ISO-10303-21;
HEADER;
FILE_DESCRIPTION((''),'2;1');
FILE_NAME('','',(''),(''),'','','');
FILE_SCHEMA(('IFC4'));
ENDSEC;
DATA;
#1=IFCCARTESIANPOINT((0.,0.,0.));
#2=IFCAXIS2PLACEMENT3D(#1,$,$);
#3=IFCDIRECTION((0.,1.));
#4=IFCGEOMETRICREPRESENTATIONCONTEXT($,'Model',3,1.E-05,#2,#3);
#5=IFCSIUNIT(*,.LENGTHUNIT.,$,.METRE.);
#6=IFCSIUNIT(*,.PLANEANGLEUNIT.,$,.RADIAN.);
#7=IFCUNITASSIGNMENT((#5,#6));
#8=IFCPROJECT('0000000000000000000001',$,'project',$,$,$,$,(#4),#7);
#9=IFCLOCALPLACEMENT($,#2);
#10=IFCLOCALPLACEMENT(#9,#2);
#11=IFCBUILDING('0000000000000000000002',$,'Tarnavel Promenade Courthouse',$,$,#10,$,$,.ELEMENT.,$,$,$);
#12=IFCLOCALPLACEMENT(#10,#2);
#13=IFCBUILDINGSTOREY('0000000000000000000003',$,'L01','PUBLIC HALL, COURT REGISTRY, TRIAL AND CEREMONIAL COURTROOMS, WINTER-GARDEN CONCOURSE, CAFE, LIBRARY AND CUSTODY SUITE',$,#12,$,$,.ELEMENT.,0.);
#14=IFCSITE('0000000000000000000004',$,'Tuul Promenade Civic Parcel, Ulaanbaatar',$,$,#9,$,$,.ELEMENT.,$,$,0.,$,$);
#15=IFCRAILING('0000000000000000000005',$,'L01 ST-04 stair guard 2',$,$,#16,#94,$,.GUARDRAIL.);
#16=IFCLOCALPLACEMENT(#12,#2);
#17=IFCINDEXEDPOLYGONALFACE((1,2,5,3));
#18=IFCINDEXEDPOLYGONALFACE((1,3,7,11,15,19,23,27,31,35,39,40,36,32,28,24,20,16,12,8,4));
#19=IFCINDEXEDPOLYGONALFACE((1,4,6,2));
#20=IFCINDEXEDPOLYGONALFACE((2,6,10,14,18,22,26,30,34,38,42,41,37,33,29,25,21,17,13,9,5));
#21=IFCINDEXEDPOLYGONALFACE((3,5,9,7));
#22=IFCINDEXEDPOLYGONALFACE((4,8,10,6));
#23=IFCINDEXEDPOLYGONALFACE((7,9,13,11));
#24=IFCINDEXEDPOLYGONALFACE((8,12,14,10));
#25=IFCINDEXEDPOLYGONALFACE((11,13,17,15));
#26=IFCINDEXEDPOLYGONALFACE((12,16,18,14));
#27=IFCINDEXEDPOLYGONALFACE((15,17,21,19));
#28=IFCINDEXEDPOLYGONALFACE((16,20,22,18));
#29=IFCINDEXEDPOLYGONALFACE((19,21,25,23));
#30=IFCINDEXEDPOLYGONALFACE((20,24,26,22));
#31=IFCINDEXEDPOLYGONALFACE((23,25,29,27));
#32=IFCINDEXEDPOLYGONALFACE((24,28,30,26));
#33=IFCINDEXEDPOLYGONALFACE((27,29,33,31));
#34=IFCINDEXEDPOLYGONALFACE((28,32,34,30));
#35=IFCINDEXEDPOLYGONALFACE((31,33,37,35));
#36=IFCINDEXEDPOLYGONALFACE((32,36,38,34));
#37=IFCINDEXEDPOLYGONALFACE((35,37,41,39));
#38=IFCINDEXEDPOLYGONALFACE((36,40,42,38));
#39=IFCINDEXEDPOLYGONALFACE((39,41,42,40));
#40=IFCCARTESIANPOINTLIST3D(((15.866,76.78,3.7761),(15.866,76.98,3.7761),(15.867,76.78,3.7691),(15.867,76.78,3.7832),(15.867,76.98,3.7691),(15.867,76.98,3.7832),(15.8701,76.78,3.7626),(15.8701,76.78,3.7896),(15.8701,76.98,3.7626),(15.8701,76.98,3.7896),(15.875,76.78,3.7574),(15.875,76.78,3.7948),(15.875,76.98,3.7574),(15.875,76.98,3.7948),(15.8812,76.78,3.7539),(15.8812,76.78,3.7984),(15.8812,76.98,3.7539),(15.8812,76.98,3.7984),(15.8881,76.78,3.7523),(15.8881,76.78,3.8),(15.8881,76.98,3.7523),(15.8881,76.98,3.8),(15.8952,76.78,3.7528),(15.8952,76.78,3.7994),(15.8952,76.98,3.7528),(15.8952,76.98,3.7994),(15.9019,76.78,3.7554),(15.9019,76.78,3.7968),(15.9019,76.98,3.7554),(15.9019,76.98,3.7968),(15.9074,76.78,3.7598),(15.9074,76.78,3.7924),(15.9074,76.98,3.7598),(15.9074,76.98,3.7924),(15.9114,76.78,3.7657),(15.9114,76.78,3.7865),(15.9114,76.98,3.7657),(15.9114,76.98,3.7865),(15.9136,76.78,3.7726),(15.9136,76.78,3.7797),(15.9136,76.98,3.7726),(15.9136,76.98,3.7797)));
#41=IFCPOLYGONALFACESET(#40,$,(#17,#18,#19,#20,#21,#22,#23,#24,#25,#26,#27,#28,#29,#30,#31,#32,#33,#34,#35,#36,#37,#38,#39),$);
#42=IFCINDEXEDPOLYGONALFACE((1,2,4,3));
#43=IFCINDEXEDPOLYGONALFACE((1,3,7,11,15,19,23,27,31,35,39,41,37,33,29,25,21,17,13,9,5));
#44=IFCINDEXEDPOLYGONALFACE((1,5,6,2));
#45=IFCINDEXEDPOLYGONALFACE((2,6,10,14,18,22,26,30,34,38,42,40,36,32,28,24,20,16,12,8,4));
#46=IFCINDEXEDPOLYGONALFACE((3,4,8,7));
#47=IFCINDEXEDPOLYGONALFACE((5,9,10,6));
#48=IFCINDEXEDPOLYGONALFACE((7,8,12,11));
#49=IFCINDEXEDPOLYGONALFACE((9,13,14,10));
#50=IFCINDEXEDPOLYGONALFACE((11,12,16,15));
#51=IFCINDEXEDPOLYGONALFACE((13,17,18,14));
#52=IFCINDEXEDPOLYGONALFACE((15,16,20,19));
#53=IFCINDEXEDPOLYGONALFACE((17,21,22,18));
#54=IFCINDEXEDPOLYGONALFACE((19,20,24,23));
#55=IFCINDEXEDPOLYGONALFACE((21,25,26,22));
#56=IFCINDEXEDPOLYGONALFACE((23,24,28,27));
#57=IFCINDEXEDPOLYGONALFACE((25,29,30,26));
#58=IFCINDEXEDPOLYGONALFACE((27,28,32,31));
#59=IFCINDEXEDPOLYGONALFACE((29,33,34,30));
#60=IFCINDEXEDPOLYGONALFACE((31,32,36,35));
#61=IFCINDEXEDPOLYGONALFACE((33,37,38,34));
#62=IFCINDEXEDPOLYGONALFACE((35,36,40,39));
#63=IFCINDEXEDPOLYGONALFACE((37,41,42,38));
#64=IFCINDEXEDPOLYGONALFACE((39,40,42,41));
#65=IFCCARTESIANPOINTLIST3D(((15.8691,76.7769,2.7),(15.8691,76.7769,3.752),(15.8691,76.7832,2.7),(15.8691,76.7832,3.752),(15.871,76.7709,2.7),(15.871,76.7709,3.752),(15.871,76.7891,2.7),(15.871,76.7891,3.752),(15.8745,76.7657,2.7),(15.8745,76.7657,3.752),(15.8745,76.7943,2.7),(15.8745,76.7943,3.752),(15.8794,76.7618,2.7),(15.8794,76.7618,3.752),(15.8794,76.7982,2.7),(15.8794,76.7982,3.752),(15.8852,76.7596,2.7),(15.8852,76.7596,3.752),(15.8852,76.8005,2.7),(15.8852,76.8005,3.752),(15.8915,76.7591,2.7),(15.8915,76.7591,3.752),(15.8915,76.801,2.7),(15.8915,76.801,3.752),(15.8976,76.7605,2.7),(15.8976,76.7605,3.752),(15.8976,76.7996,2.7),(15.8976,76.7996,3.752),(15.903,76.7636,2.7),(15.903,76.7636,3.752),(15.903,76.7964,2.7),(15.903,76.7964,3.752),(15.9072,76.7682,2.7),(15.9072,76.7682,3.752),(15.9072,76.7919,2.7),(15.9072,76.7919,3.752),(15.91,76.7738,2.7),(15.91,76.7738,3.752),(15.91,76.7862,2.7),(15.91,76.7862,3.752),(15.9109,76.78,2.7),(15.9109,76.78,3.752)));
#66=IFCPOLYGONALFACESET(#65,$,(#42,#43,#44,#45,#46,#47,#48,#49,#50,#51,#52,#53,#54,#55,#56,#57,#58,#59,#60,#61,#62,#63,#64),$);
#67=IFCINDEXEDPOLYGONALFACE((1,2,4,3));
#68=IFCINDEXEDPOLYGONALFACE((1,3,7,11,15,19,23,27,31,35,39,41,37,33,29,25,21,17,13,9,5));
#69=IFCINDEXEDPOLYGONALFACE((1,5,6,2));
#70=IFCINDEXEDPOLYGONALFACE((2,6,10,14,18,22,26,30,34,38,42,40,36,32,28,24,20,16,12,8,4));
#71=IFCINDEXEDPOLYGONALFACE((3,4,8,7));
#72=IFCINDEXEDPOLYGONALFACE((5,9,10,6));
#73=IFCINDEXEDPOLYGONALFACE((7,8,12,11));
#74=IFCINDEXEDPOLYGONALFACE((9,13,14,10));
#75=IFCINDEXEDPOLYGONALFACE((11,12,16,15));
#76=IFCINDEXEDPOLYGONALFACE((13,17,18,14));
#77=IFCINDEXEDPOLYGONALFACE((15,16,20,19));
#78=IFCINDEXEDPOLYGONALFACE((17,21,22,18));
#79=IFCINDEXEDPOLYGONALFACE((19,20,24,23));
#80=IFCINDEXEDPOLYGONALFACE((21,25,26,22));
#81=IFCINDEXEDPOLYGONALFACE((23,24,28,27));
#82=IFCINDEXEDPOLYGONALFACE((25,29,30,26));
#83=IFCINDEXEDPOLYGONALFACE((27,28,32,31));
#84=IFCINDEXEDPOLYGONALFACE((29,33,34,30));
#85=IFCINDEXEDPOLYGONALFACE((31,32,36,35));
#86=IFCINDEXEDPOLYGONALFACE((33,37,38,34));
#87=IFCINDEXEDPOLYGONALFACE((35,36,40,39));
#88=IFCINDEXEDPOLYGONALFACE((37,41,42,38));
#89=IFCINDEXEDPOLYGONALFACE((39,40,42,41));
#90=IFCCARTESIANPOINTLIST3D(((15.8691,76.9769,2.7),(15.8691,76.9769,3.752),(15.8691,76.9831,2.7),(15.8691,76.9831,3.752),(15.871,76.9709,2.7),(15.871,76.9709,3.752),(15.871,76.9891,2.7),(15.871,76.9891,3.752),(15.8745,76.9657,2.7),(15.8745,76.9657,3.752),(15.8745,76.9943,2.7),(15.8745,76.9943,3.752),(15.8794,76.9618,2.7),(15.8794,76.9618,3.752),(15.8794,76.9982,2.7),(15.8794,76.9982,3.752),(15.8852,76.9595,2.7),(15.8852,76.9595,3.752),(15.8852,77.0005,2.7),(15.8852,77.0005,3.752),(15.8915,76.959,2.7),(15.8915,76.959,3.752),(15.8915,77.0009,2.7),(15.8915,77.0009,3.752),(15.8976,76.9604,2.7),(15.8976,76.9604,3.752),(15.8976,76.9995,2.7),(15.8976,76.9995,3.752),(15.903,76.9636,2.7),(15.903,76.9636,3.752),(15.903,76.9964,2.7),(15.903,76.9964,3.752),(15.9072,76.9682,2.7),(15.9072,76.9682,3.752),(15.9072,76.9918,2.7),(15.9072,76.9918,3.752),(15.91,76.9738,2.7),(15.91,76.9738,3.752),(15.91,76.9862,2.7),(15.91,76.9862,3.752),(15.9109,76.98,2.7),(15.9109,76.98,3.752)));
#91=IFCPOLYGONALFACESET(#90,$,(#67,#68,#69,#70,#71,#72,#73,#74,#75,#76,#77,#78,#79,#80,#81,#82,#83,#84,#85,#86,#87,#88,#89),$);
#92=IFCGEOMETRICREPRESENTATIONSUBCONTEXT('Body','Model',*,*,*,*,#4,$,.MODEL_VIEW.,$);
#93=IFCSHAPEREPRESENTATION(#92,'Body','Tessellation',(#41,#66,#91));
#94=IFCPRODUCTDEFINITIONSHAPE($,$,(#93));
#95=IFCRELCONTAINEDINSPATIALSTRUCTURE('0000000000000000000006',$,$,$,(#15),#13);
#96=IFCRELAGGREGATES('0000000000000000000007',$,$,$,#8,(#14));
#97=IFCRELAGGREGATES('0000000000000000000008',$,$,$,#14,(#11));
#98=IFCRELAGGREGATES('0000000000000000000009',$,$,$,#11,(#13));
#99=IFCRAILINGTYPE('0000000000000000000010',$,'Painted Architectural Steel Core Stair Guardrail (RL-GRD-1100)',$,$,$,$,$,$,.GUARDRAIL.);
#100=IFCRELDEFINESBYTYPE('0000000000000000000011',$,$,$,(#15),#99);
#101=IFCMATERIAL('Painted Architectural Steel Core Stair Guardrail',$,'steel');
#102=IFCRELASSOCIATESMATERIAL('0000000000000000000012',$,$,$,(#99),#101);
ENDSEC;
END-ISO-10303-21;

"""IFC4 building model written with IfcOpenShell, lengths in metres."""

from ifc_helpers import new_model, si_unit, direction, frame, origin, origin_2d, place, context, subcontext, project, spatial, circle, extrude, material, type_object, element, save


model = new_model("IFC4")

# Units and contexts
model_context = context("Model", 3, precision=1e-05, world=origin(), true_north=direction((0.0, 1.0)))
body_context = subcontext(model_context, "Body", "Model", "MODEL_VIEW")
ifc_project = project(units=[si_unit("LENGTHUNIT", "METRE"), si_unit("PLANEANGLEUNIT", "RADIAN")], contexts=[model_context])

# Site, building, storey
site_placement = place(None, origin())
site = spatial("IfcSite", under=ifc_project, at=site_placement, Name="Tuul Promenade Civic Parcel, Ulaanbaatar", CompositionType="ELEMENT", RefElevation=0.0)
building_placement = place(site_placement, origin())
building = spatial("IfcBuilding", under=site, at=building_placement, Name="Tarnavel Promenade Courthouse", CompositionType="ELEMENT")
storey_placement = place(building_placement, origin())
storey = spatial("IfcBuildingStorey", under=building, at=storey_placement, Name="L01", Description="PUBLIC HALL, COURT REGISTRY, TRIAL AND CEREMONIAL COURTROOMS, WINTER-GARDEN CONCOURSE, CAFE, LIBRARY AND CUSTODY SUITE", CompositionType="ELEMENT", Elevation=0.0)

# Railing
ifc_material_1 = material(Name="Painted Architectural Steel Core Stair Guardrail", Category="steel")
railing_type_1 = type_object("IfcRailingType", Name="Painted Architectural Steel Core Stair Guardrail (RL-GRD-1100)", PredefinedType="GUARDRAIL", material=ifc_material_1)
railing_1_placement = place(storey_placement, frame((15.8899, 76.78, 2.7)))
element("IfcRailing", 1, at=railing_1_placement, inside=storey, type_object=railing_type_1, Name="L01 ST-04 stair guard 2", PredefinedType="GUARDRAIL", context=body_context, shape_type="SweptSolid", body=[
    extrude(circle(Radius=0.0239, at=origin_2d()), frame((0.0, 0.0, 1.0762), z_axis=(0.0, 1.0, 0.0), x_axis=(-1.0, 0.0, 0.0)), (0.0, 0.0, 1.0), 0.2),
    extrude(circle(Radius=0.021, at=origin_2d()), origin(), (0.0, 0.0, 1.0), 1.052),
    extrude(circle(Radius=0.021, at=origin_2d()), frame((0.0, 0.2, 0.0)), (0.0, 0.0, 1.0), 1.052),
])

save(model, "model.ifc")
